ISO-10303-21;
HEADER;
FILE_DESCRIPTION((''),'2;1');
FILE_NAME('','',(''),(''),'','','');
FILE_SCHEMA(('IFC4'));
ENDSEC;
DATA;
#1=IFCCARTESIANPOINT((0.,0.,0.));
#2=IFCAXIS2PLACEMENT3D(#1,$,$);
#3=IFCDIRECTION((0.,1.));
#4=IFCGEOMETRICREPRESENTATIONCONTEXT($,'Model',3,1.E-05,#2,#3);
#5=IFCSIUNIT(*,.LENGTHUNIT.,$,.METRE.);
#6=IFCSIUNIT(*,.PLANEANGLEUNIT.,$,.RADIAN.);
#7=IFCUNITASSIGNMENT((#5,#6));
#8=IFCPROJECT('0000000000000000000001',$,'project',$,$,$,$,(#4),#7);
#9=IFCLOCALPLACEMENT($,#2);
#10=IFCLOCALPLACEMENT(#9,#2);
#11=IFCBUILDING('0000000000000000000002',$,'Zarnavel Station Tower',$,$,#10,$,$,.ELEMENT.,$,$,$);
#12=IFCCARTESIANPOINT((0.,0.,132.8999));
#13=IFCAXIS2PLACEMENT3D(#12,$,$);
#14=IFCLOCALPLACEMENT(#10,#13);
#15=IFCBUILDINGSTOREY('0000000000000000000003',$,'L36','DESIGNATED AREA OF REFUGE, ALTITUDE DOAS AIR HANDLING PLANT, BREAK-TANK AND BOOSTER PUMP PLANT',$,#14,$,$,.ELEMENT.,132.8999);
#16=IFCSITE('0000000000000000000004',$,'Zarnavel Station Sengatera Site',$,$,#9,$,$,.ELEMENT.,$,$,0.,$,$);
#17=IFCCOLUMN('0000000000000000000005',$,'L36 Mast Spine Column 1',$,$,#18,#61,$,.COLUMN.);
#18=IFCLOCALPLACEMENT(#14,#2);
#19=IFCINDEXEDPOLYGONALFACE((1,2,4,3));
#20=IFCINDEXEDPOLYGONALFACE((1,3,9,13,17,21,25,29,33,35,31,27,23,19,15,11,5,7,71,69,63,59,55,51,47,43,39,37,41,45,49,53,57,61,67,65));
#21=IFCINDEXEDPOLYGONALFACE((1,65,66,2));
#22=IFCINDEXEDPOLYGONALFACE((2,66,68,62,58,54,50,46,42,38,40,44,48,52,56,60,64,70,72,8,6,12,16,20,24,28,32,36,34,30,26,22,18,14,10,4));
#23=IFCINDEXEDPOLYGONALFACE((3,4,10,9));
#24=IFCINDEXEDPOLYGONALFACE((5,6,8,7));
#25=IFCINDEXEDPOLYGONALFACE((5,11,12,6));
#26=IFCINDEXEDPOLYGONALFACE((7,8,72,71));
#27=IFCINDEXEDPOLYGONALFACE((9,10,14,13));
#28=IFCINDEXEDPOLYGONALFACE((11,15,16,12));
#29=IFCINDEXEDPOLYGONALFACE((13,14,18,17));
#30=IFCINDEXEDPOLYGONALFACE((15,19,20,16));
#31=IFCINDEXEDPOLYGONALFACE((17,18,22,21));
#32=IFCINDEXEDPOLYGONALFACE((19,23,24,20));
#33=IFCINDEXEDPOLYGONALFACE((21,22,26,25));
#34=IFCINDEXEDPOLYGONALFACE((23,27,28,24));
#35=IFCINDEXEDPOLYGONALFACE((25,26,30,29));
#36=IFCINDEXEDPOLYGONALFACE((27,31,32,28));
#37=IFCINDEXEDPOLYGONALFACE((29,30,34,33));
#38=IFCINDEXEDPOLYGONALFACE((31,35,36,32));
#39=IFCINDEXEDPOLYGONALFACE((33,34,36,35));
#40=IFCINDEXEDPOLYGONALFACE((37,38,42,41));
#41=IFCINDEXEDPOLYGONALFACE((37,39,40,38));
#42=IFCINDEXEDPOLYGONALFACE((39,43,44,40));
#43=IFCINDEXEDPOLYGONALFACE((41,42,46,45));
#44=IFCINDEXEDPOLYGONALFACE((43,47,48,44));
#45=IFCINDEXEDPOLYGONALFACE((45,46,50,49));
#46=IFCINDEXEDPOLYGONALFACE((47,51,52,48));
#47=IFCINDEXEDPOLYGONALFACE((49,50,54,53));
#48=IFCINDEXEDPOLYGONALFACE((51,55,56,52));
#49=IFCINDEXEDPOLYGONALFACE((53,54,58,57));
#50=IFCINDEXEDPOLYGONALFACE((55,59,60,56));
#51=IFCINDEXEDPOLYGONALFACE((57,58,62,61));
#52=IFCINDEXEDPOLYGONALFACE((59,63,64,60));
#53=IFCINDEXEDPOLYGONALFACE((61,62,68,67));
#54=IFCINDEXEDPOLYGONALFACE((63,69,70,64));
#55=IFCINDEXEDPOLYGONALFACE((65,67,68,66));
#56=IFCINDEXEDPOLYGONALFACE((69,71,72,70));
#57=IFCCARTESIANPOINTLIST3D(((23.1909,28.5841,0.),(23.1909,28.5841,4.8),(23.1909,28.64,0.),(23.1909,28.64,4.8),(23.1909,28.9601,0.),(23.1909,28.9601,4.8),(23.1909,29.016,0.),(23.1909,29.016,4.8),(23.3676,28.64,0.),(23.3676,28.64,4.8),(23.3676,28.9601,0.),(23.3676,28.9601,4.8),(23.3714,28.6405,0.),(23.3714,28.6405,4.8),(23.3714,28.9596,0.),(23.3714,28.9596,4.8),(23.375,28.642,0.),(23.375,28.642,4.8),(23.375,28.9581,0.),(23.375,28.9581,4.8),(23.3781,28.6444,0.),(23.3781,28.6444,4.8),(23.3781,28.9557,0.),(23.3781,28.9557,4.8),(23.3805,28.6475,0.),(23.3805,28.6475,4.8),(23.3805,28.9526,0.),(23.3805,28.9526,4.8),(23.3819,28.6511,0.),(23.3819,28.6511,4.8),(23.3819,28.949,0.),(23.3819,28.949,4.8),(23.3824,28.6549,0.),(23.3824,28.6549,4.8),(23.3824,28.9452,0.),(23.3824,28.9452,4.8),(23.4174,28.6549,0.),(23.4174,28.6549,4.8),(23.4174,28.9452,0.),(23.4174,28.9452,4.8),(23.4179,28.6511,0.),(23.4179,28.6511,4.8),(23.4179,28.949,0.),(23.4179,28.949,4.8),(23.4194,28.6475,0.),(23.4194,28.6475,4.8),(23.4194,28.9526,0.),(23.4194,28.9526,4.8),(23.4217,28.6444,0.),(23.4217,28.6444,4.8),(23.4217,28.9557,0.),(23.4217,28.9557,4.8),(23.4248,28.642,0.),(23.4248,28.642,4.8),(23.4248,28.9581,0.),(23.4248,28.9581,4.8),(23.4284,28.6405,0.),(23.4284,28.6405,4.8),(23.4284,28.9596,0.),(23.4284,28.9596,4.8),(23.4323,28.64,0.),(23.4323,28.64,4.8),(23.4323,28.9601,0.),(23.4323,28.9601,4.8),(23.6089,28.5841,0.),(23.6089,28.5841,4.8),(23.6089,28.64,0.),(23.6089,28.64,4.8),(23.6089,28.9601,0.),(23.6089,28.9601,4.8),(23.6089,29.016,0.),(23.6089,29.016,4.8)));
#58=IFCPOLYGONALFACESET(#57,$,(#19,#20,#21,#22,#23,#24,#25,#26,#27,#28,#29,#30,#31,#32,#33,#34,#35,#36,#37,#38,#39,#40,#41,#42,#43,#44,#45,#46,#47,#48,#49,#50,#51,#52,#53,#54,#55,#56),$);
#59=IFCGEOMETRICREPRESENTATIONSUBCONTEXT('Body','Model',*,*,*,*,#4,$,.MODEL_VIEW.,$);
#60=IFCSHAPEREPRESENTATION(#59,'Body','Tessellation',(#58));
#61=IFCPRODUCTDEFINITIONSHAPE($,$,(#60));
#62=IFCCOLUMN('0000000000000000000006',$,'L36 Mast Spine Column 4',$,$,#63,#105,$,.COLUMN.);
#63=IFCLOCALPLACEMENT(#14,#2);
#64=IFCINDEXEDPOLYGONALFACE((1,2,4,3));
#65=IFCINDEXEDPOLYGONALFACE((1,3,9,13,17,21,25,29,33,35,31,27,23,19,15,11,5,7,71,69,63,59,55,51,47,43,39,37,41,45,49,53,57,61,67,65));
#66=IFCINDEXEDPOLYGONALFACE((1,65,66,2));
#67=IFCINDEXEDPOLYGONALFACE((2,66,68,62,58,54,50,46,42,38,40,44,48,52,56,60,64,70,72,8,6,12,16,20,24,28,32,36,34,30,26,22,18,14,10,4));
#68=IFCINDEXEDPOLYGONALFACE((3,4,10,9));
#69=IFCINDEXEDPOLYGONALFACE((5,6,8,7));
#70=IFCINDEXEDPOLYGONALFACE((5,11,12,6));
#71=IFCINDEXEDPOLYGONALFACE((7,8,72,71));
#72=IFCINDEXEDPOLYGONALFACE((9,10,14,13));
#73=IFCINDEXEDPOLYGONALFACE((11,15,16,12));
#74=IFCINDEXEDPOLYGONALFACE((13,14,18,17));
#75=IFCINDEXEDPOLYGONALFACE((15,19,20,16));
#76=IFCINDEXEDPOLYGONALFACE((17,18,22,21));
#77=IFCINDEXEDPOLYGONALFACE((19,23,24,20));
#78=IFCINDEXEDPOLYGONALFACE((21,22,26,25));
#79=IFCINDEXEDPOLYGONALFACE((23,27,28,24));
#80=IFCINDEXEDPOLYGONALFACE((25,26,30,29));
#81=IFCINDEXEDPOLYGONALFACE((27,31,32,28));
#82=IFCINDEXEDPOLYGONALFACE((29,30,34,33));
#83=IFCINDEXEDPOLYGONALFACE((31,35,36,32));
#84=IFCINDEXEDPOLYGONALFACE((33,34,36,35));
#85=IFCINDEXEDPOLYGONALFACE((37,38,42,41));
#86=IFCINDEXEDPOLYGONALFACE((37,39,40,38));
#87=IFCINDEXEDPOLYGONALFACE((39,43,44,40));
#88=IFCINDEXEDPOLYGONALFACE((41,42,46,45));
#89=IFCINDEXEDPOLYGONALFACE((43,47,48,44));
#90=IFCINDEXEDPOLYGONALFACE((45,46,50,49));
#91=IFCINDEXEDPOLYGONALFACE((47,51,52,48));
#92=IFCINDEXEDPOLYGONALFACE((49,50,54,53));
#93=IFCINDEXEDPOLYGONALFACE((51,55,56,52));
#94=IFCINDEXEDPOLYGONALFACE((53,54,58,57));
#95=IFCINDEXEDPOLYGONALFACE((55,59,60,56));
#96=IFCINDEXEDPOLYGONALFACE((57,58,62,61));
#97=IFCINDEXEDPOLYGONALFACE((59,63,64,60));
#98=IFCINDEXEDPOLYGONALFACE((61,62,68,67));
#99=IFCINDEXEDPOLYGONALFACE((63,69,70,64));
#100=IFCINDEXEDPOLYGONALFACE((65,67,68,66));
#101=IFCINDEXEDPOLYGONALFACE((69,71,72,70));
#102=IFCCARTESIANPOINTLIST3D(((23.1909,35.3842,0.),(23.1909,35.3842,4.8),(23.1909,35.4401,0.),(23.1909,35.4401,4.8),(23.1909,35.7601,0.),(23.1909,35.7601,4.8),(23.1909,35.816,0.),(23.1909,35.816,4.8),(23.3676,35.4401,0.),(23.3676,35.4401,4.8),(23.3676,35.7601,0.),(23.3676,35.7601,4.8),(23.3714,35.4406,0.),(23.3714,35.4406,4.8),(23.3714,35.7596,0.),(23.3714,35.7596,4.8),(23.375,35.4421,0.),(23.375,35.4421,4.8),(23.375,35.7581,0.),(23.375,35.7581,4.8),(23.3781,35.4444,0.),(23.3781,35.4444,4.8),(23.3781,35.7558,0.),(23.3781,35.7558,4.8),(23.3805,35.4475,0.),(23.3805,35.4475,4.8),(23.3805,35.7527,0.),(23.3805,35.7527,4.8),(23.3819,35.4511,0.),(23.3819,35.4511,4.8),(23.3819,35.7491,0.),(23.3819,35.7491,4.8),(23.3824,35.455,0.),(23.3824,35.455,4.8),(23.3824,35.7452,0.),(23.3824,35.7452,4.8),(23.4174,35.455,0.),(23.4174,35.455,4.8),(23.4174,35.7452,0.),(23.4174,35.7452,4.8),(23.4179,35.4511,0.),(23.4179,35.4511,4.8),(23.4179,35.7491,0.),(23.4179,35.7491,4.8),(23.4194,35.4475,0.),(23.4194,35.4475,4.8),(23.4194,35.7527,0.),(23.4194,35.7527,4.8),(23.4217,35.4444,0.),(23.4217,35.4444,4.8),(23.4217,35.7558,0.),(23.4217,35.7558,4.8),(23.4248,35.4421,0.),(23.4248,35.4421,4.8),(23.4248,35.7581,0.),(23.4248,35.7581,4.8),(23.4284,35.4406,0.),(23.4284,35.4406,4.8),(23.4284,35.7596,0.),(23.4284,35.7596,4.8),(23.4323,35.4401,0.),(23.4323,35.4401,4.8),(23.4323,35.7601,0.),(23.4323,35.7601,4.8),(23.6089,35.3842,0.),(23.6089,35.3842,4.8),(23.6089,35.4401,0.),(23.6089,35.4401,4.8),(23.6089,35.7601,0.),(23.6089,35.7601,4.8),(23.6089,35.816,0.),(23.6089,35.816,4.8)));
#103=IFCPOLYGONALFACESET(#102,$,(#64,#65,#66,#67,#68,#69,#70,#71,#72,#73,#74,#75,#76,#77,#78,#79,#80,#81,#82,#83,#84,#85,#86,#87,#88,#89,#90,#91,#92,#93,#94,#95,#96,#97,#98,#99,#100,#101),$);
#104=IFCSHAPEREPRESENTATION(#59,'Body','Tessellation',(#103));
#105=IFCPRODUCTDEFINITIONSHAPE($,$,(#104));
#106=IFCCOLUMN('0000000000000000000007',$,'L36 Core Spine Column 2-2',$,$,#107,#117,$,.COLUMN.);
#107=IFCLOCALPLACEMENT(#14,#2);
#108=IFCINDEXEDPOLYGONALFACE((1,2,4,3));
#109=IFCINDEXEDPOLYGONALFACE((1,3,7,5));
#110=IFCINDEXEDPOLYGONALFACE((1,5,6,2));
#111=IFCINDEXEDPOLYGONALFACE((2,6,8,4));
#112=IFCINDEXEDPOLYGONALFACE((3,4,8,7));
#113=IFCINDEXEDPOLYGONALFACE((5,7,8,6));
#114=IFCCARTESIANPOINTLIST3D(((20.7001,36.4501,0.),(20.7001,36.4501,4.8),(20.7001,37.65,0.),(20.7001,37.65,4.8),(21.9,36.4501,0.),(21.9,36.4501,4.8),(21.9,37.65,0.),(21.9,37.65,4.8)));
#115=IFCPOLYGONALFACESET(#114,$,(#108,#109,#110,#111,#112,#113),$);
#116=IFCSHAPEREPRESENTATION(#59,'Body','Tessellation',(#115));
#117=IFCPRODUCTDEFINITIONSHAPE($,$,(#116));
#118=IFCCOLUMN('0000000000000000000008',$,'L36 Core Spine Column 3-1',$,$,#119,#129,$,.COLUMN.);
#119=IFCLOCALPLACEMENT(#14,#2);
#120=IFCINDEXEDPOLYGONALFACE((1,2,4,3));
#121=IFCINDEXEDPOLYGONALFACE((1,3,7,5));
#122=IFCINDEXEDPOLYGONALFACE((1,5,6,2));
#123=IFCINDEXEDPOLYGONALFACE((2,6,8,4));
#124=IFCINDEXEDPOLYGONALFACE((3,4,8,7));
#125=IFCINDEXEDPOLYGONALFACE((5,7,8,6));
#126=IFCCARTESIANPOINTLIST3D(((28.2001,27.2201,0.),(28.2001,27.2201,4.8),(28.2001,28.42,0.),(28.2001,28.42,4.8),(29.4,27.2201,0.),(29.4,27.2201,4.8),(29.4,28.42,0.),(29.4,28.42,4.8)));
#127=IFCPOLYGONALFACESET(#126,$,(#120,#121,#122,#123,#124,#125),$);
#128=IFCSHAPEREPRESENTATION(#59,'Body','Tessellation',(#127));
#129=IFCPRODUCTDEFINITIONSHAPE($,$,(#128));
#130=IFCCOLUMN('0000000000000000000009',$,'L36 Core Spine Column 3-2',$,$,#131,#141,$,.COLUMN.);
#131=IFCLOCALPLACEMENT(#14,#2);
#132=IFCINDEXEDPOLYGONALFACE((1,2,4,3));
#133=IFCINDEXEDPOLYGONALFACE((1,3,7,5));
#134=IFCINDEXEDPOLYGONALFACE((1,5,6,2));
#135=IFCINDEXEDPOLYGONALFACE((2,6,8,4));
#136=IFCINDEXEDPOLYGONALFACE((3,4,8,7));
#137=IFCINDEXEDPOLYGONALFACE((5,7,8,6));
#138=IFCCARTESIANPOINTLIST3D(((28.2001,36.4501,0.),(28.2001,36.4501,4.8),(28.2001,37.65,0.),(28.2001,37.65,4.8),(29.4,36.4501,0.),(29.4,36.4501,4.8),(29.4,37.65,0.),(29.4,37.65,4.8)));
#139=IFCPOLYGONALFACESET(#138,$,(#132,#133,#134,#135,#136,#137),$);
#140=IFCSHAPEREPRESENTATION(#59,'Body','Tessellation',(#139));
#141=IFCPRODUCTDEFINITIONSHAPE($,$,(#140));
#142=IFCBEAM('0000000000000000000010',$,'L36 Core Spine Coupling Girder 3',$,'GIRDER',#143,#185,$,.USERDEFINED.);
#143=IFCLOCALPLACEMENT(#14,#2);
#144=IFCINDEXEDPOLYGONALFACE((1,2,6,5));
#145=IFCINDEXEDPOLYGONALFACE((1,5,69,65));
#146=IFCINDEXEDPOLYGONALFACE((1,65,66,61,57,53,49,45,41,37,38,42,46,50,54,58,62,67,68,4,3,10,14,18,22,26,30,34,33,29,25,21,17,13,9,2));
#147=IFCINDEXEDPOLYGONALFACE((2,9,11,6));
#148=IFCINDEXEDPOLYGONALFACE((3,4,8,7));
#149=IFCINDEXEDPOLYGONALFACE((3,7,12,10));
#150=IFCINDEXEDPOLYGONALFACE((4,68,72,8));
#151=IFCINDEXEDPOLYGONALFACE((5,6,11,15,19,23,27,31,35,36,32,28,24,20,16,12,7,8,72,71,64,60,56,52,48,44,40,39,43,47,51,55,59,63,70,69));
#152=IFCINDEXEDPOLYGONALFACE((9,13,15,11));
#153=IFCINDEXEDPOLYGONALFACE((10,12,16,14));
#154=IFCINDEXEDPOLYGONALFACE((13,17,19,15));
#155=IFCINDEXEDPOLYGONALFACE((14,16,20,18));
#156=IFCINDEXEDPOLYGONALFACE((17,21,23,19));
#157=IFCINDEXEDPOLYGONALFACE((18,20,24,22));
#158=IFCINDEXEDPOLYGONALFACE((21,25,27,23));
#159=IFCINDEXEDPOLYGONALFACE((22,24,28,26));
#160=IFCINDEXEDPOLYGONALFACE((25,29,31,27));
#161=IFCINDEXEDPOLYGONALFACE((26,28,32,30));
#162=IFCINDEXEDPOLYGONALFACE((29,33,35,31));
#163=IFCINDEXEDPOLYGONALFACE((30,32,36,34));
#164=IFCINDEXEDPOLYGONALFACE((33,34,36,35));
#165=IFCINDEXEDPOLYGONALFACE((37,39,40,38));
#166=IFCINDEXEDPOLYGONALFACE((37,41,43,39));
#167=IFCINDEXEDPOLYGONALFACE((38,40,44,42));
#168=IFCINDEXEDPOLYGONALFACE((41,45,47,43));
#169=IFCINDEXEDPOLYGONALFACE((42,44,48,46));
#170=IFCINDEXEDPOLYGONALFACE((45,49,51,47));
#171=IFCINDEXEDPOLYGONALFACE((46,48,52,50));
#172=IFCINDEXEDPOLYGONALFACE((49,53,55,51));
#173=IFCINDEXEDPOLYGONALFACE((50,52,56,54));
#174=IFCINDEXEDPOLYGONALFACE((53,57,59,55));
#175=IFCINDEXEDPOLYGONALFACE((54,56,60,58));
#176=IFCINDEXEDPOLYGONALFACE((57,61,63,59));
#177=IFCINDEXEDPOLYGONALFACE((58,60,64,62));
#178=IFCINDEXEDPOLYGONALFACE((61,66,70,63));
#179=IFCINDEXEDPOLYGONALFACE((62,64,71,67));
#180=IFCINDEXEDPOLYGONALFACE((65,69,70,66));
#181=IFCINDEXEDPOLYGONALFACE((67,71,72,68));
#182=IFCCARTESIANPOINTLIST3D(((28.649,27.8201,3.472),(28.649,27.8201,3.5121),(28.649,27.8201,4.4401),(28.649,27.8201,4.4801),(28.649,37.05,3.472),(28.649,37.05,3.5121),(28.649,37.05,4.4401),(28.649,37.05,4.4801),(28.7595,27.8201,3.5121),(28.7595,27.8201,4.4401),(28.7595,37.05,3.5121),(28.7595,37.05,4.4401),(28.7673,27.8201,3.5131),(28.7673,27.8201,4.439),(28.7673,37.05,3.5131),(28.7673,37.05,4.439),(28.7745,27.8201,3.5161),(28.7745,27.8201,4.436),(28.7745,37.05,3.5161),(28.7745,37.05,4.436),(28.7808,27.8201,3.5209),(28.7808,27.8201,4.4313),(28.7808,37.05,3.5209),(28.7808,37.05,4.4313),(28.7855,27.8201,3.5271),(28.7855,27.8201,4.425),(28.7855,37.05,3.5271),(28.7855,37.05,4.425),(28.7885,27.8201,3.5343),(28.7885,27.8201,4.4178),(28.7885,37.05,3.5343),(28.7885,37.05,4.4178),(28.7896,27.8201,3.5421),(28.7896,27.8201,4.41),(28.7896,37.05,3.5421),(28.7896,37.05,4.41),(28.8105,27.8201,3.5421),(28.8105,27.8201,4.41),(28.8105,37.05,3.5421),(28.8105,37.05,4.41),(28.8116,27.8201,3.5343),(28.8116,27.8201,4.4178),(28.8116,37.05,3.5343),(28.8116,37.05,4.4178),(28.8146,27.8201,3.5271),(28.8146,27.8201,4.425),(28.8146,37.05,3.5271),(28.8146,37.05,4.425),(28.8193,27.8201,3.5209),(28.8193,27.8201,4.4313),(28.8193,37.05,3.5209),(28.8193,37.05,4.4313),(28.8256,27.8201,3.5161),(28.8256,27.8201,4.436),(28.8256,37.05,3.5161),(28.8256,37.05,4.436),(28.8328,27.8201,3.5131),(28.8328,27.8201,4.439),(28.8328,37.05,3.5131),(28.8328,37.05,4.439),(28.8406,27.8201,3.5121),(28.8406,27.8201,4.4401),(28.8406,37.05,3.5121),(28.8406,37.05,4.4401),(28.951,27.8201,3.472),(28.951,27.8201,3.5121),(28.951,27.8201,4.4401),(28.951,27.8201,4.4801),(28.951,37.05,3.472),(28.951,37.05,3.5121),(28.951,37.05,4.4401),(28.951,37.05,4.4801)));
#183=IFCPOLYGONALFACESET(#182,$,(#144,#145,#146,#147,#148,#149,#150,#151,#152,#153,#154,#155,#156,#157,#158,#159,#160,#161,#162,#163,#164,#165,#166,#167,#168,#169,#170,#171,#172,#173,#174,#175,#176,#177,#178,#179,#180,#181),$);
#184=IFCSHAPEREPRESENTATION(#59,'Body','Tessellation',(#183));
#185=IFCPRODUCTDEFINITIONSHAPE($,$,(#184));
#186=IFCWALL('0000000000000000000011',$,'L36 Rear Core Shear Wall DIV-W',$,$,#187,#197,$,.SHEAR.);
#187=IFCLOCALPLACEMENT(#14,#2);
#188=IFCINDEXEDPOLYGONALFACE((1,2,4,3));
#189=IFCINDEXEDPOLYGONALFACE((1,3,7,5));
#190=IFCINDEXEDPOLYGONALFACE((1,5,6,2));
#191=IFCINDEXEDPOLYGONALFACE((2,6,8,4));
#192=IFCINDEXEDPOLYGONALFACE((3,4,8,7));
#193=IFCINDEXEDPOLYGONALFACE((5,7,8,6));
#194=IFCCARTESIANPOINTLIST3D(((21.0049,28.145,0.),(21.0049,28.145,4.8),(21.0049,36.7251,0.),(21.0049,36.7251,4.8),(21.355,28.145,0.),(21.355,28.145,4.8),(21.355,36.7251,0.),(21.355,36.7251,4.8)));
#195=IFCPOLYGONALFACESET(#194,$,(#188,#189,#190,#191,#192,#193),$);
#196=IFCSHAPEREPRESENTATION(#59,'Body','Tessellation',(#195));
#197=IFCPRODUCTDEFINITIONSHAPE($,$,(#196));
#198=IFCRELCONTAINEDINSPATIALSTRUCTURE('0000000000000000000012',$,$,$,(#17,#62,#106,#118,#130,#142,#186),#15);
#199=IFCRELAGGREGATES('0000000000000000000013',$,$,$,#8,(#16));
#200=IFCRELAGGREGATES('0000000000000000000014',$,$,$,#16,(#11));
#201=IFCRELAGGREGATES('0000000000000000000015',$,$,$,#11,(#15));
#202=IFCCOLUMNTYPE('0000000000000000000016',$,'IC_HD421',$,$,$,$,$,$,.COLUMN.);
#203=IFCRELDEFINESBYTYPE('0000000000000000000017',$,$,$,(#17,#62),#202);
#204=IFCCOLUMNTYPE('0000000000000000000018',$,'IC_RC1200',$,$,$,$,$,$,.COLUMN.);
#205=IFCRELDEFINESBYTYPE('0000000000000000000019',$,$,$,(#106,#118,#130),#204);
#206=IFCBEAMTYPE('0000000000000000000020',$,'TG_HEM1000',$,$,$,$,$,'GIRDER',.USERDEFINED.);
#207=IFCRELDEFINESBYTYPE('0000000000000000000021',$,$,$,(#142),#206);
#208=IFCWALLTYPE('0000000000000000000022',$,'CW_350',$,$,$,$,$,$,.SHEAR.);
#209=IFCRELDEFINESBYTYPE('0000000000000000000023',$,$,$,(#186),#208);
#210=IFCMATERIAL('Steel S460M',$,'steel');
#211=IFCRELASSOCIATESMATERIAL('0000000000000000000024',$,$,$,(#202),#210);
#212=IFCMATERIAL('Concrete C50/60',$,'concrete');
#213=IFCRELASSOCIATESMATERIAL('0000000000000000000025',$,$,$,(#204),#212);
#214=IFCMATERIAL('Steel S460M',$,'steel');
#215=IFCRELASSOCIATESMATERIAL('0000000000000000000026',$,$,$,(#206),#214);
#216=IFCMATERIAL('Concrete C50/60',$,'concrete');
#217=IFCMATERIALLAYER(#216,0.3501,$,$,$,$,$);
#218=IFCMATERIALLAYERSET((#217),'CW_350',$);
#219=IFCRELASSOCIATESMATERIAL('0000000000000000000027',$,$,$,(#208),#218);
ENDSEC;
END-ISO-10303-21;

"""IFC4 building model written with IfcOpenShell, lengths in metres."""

from ifc_helpers import new_model, si_unit, direction, frame, frame_2d, origin, origin_2d, place, context, subcontext, project, spatial, rectangle, i_section, extrude, material, layer, layer_set, material_profile, profile_set, type_object, element, save


model = new_model("IFC4")

# Units and contexts
model_context = context("Model", 3, precision=1e-05, world=origin(), true_north=direction((0.0, 1.0)))
body_context = subcontext(model_context, "Body", "Model", "MODEL_VIEW")
ifc_project = project(units=[si_unit("LENGTHUNIT", "METRE"), si_unit("PLANEANGLEUNIT", "RADIAN")], contexts=[model_context])

# Site, building, storey
site_placement = place(None, origin())
site = spatial("IfcSite", under=ifc_project, at=site_placement, Name="Zarnavel Station Sengatera Site", CompositionType="ELEMENT", RefElevation=0.0)
building_placement = place(site_placement, origin())
building = spatial("IfcBuilding", under=site, at=building_placement, Name="Zarnavel Station Tower", CompositionType="ELEMENT")
storey_placement = place(building_placement, frame((0.0, 0.0, 132.8999)))
storey = spatial("IfcBuildingStorey", under=building, at=storey_placement, Name="L36", Description="DESIGNATED AREA OF REFUGE, ALTITUDE DOAS AIR HANDLING PLANT, BREAK-TANK AND BOOSTER PUMP PLANT", CompositionType="ELEMENT", Elevation=132.8999)

# Columns
ifc_material_1 = material(Name="Steel S460M", Category="steel")
ifc_material_profile_1 = material_profile(ifc_material_1, i_section(OverallWidth=0.418, OverallDepth=0.4319, WebThickness=0.0349, FlangeThickness=0.0559, FilletRadius=0.0149, at=origin_2d()), Name="HD400x421")
ifc_profile_set_1 = profile_set([ifc_material_profile_1], Name="Steel S460M")
column_type_1 = type_object("IfcColumnType", Name="IC_HD421", PredefinedType="COLUMN", material=ifc_profile_set_1)
for number, where, z_axis, x_axis, name in (
    (1, (23.3999, 28.8, 0.0), (0.0, 0.0, 1.0), (1.0, 0.0, 0.0), "L36 Mast Spine Column 1"),
    (2, (23.3999, 35.6001, 0.0), (0.0, 0.0, 1.0), (1.0, 0.0, 0.0), "L36 Mast Spine Column 4"),
):
    element("IfcColumn", number, at=place(storey_placement, frame(where, z_axis=z_axis, x_axis=x_axis)), inside=storey, type_object=column_type_1, Name=name, PredefinedType="COLUMN", context=body_context, shape_type="SweptSolid", body=[
        extrude(i_section(OverallWidth=0.418, OverallDepth=0.4319, WebThickness=0.0349, FlangeThickness=0.0559, FilletRadius=0.0149, at=origin_2d()), origin(), (0.0, 0.0, 1.0), 4.8),
    ])
ifc_material_2 = material(Name="Concrete C50/60", Category="concrete")
ifc_material_profile_2 = material_profile(ifc_material_2, rectangle(XDim=1.2, YDim=1.2, at=origin_2d()), Name="RC1200x1200")
ifc_profile_set_2 = profile_set([ifc_material_profile_2], Name="Concrete C50/60")
column_type_2 = type_object("IfcColumnType", Name="IC_RC1200", PredefinedType="COLUMN", material=ifc_profile_set_2)
for number, where, z_axis, x_axis, name in (
    (3, (21.3, 37.05, 0.0), (0.0, 0.0, 1.0), (1.0, 0.0, 0.0), "L36 Core Spine Column 2-2"),
    (4, (28.8, 27.8201, 0.0), (0.0, 0.0, 1.0), (1.0, 0.0, 0.0), "L36 Core Spine Column 3-1"),
    (5, (28.8, 37.05, 0.0), (0.0, 0.0, 1.0), (1.0, 0.0, 0.0), "L36 Core Spine Column 3-2"),
):
    element("IfcColumn", number, at=place(storey_placement, frame(where, z_axis=z_axis, x_axis=x_axis)), inside=storey, type_object=column_type_2, Name=name, PredefinedType="COLUMN", context=body_context, shape_type="SweptSolid", body=[
        extrude(rectangle(XDim=1.2, YDim=1.2, at=origin_2d()), origin(), (0.0, 0.0, 1.0), 4.8),
    ])

# Beam
ifc_material_3 = material(Name="Steel S460M", Category="steel")
ifc_material_profile_3 = material_profile(ifc_material_3, i_section(OverallWidth=0.302, OverallDepth=1.0081, WebThickness=0.021, FlangeThickness=0.04, FilletRadius=0.03, at=origin_2d()), Name="HEM1000")
ifc_profile_set_3 = profile_set([ifc_material_profile_3], Name="Steel S460M")
beam_type = type_object("IfcBeamType", Name="TG_HEM1000", ElementType="GIRDER", PredefinedType="USERDEFINED", material=ifc_profile_set_3)
beam_placement = place(storey_placement, frame((28.8, 27.8201, 3.9761), z_axis=(0.0, 1.0, 0.0), x_axis=(-1.0, 0.0, 0.0)))
element("IfcBeam", 6, at=beam_placement, inside=storey, type_object=beam_type, Name="L36 Core Spine Coupling Girder 3", ObjectType="GIRDER", PredefinedType="USERDEFINED", context=body_context, shape_type="SweptSolid", body=[
    extrude(i_section(OverallWidth=0.302, OverallDepth=1.0081, WebThickness=0.021, FlangeThickness=0.04, FilletRadius=0.03, at=origin_2d()), origin(), (0.0, 0.0, 1.0), 9.23),
])

# Wall
ifc_material_4 = material(Name="Concrete C50/60", Category="concrete")
ifc_layer_1 = layer(ifc_material_4, 0.3501)
ifc_layer_set_1 = layer_set([ifc_layer_1], Name="CW_350")
wall_type_1 = type_object("IfcWallType", Name="CW_350", PredefinedType="SHEAR", material=ifc_layer_set_1)
wall_1_placement = place(storey_placement, frame((21.1799, 28.145, 0.0), z_axis=(0.0, 0.0, 1.0), x_axis=(0.0, 1.0, 0.0)))
element("IfcWall", 7, at=wall_1_placement, inside=storey, type_object=wall_type_1, Name="L36 Rear Core Shear Wall DIV-W", PredefinedType="SHEAR", context=body_context, shape_type="SweptSolid", body=[
    extrude(rectangle(XDim=8.5801, YDim=0.3501, at=frame_2d((4.29, 0.0))), origin(), (0.0, 0.0, 1.0), 4.8),
])

save(model, "model.ifc")
